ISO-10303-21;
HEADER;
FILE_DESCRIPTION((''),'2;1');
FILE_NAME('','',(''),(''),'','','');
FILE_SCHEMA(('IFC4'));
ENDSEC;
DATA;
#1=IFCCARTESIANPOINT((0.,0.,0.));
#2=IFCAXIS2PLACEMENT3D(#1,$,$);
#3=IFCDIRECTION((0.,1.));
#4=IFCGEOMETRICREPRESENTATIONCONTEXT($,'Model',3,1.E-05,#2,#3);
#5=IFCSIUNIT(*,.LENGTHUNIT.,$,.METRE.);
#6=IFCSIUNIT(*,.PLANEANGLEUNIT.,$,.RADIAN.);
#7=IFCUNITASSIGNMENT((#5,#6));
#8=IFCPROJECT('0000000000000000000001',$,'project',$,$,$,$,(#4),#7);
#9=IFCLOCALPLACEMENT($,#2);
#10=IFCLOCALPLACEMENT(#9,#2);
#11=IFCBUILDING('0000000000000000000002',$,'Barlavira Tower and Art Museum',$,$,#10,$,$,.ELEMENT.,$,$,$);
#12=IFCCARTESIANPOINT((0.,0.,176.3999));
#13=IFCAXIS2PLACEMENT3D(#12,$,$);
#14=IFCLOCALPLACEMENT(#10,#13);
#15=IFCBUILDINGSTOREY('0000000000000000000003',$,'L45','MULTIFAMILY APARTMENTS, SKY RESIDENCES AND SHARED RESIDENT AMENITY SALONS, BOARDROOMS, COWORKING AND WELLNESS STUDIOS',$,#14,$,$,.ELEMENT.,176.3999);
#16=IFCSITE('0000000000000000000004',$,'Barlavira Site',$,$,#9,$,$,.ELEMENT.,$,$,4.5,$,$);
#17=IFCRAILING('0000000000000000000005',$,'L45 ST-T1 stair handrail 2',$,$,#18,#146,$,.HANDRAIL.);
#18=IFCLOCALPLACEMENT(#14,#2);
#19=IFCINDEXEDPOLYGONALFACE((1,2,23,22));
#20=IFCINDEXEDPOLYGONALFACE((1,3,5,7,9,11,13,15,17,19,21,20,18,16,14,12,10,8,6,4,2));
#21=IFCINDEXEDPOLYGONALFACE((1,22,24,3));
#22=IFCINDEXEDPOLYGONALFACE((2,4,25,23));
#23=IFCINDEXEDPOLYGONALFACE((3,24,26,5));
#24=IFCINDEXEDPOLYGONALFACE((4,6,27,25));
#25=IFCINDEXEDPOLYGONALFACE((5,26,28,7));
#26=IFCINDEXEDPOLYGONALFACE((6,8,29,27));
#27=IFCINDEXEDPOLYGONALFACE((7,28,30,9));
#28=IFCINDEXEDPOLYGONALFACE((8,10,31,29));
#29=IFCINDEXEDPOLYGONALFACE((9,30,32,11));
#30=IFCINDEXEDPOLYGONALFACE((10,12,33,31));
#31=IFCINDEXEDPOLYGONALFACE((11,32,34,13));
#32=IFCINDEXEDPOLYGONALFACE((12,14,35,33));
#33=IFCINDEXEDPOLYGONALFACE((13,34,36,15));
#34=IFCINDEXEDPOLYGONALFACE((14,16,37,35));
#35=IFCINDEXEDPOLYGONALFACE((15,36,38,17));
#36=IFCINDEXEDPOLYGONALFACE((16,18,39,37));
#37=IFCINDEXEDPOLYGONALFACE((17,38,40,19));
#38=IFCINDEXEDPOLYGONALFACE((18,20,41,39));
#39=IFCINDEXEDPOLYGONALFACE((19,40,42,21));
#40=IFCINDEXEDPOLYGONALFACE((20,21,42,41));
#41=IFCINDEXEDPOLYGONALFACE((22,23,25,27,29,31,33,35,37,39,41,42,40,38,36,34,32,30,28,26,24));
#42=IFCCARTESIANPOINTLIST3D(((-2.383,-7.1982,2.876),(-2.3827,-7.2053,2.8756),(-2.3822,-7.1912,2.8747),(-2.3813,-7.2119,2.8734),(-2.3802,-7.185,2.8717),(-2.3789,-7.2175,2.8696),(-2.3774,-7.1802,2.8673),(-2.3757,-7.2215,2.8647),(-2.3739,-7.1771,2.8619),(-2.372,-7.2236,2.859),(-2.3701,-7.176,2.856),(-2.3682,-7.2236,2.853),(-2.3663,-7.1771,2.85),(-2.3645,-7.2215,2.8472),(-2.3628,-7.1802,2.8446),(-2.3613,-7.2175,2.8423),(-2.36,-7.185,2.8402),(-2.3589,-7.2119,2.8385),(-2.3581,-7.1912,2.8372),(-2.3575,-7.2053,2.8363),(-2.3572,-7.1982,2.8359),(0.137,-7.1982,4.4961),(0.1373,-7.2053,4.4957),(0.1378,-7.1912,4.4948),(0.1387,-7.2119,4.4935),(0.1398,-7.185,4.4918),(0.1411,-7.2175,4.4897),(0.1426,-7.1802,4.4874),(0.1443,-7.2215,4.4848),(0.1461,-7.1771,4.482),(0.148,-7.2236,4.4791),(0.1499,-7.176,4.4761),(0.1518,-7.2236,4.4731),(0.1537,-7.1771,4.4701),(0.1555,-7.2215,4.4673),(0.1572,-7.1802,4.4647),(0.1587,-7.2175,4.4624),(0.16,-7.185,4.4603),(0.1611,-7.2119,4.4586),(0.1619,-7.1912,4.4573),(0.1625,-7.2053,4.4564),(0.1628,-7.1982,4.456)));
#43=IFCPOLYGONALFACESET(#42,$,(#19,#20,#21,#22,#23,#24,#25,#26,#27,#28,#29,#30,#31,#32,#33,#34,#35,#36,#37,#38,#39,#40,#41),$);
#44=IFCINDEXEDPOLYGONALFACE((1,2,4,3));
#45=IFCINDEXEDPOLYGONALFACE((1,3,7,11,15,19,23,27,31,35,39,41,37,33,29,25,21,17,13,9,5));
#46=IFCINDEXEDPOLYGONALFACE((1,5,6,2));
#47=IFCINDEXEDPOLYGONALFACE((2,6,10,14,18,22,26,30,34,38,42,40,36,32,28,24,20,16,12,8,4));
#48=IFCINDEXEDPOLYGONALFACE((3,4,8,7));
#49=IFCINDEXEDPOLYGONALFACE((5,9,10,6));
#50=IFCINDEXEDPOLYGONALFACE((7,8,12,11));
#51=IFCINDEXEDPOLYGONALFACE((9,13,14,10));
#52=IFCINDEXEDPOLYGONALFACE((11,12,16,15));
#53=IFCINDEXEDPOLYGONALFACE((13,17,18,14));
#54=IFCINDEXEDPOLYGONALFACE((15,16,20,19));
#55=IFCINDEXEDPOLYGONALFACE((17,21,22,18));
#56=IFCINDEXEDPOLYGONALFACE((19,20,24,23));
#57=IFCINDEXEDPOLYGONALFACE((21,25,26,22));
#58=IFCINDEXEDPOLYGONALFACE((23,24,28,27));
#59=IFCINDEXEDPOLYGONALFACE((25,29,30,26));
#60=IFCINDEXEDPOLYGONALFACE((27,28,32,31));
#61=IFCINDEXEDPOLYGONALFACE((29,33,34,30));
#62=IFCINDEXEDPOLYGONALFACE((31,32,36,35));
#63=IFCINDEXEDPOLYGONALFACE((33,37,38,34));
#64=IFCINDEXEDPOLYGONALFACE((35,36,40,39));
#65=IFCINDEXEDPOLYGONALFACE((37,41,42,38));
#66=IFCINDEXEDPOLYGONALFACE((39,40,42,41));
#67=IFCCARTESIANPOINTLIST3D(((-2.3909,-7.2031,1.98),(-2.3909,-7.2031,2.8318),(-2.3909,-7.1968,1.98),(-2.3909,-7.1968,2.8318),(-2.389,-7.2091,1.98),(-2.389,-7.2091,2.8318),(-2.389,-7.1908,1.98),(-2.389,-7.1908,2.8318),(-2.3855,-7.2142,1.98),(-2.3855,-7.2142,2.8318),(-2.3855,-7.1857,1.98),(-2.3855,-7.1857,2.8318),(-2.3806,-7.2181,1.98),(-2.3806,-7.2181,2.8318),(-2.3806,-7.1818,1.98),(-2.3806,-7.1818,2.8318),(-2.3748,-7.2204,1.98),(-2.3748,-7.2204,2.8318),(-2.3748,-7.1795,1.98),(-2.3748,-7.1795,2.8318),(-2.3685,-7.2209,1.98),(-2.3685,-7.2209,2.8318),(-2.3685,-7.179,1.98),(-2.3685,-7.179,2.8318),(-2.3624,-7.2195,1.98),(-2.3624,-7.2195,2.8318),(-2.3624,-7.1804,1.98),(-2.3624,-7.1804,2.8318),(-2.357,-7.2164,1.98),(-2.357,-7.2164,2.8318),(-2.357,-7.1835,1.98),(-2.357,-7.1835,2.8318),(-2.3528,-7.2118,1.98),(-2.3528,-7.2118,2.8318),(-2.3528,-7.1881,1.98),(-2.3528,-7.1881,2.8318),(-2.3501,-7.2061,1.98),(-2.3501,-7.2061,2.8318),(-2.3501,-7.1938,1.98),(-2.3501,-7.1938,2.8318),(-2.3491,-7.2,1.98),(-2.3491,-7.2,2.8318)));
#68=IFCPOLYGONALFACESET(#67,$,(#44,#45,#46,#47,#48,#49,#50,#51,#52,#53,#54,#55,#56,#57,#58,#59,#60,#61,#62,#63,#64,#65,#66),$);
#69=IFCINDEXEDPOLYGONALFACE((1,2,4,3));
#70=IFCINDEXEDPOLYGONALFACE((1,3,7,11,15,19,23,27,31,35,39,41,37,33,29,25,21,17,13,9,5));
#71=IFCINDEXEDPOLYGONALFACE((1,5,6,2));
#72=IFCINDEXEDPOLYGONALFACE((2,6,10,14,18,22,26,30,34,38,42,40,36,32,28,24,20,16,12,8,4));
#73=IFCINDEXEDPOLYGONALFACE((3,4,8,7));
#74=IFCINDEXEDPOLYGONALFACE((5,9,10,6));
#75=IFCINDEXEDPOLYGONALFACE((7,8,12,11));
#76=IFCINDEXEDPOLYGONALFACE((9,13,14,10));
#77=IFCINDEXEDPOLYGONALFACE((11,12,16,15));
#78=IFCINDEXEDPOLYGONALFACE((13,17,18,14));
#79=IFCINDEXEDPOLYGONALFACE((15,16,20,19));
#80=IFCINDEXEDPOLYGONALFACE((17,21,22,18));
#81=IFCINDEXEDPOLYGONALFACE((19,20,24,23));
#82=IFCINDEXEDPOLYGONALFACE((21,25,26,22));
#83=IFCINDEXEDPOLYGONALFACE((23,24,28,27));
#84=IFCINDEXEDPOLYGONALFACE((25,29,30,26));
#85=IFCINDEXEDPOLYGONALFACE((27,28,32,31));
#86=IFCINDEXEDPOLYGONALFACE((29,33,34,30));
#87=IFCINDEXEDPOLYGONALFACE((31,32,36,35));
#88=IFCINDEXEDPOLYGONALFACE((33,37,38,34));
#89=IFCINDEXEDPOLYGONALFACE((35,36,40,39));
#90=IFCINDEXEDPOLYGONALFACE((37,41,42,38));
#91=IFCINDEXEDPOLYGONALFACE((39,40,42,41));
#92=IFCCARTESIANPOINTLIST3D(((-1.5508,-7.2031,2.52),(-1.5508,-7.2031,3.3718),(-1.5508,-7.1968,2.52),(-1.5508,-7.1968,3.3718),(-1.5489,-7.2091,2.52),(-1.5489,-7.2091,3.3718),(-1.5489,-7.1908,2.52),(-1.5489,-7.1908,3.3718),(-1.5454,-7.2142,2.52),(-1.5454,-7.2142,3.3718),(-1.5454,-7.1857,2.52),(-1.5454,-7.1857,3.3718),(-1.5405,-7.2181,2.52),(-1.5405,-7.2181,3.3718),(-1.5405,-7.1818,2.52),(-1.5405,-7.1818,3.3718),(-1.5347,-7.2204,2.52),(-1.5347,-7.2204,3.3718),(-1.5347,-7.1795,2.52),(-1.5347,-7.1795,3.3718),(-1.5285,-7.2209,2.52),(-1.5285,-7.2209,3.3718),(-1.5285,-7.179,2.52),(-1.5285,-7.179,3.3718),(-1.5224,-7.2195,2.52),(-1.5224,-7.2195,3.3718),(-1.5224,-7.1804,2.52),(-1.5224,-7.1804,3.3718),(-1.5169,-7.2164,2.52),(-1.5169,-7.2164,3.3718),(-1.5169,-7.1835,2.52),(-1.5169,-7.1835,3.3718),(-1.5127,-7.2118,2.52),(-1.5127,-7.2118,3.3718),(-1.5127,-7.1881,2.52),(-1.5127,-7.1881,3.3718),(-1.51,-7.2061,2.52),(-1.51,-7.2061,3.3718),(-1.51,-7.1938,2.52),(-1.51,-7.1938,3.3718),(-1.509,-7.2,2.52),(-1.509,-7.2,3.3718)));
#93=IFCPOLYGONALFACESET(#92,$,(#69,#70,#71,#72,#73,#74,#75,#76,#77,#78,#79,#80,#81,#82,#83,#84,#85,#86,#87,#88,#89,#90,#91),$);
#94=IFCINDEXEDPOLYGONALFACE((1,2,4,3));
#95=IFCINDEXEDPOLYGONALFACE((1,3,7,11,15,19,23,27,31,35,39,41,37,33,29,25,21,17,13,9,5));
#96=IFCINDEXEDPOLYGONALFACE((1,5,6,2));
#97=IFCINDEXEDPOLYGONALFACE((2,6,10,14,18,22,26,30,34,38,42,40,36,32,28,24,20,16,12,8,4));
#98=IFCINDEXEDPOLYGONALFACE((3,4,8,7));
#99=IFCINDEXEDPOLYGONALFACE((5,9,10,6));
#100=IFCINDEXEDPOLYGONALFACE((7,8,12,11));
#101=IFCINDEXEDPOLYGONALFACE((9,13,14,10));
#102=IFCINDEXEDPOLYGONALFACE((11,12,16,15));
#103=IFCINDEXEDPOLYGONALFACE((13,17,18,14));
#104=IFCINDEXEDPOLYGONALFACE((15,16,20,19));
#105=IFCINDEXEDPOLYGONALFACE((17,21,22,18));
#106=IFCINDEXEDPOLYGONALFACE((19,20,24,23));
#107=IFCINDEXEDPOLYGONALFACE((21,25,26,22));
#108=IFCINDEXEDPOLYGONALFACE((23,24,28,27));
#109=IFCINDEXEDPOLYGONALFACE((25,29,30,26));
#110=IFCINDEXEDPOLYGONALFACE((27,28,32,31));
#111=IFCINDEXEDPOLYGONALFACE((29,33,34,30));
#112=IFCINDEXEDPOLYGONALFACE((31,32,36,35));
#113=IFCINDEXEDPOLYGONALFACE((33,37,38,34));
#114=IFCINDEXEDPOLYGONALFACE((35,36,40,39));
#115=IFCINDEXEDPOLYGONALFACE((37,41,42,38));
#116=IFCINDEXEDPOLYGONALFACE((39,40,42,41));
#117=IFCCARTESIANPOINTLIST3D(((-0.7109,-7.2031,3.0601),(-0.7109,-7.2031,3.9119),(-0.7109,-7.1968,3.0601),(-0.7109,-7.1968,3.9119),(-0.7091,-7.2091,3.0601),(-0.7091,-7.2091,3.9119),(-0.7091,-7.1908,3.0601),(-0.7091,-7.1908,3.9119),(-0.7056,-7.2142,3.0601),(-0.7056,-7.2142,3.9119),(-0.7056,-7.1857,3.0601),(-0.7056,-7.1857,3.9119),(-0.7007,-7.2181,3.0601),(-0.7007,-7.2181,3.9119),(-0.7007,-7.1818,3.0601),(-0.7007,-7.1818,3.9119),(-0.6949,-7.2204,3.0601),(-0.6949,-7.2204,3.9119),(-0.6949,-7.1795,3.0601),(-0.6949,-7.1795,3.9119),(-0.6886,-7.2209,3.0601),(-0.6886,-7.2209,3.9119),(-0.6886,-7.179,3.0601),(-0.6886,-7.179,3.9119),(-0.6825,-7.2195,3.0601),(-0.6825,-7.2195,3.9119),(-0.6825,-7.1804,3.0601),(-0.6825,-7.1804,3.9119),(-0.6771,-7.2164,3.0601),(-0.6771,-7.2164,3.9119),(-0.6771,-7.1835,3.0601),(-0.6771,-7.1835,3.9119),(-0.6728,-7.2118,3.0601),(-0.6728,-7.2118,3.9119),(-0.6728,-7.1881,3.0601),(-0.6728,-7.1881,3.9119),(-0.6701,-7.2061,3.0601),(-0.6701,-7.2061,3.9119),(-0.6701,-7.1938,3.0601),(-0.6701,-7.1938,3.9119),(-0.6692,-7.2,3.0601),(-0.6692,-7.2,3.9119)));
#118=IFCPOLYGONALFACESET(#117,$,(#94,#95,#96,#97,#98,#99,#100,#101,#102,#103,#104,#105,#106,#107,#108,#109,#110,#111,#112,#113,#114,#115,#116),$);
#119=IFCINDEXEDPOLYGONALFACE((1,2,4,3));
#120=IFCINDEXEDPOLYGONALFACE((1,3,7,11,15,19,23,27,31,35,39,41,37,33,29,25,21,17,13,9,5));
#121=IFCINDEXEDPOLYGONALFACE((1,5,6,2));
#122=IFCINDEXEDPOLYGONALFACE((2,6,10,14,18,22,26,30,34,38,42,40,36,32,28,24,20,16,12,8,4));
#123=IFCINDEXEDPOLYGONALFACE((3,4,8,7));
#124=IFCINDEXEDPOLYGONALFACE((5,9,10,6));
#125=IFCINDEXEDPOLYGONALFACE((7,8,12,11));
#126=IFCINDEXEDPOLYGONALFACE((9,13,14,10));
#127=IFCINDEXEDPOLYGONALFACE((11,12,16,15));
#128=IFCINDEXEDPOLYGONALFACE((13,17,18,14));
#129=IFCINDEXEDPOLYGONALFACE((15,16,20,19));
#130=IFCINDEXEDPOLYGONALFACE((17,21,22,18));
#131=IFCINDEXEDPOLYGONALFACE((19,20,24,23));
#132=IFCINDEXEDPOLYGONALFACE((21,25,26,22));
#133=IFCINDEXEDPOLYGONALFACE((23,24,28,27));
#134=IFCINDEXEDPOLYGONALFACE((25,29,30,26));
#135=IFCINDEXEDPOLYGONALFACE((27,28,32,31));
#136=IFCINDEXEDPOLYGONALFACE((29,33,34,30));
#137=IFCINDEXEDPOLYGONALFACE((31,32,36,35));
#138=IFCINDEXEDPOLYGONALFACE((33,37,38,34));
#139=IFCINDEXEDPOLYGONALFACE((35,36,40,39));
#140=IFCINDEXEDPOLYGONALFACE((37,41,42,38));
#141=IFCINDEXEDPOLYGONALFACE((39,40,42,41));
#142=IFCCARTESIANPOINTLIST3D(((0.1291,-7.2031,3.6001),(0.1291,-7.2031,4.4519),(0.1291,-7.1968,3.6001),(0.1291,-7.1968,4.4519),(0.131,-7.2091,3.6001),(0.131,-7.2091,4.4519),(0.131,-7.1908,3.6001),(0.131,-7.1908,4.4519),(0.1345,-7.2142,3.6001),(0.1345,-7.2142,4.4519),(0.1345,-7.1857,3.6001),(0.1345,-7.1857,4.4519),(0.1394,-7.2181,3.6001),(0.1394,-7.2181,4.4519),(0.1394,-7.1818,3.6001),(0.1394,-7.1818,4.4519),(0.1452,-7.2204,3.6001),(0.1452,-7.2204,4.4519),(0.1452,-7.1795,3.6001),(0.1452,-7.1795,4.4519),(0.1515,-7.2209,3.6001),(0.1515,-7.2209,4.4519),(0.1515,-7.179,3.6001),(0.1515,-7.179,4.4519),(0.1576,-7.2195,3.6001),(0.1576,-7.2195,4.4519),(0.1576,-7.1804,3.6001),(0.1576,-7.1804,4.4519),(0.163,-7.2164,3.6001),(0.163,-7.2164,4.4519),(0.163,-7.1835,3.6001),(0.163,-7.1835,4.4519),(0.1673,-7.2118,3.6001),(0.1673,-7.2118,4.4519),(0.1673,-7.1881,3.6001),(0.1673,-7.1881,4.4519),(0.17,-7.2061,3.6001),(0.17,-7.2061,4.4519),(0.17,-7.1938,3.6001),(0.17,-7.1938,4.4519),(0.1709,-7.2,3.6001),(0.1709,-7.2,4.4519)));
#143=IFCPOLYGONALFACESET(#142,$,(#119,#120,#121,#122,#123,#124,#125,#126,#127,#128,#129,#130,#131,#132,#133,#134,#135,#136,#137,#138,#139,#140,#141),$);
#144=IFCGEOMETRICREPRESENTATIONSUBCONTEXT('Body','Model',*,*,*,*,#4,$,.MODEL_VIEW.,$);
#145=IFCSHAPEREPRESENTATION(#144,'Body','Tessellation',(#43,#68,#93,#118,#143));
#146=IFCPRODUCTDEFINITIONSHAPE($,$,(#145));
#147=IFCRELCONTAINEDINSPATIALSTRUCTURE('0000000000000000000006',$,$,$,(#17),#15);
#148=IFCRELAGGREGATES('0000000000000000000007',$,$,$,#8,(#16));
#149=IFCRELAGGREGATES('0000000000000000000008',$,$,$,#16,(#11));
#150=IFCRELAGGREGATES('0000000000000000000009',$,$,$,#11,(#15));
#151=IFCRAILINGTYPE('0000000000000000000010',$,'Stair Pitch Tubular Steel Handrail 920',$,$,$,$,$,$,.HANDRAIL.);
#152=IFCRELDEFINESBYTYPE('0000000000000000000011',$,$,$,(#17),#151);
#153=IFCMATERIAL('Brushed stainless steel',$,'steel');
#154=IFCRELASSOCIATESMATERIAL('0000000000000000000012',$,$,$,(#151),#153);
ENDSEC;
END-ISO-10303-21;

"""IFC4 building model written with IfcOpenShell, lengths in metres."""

from ifc_helpers import new_model, si_unit, direction, frame, origin, origin_2d, place, context, subcontext, project, spatial, circle, extrude, material, type_object, element, save


model = new_model("IFC4")

# Units and contexts
model_context = context("Model", 3, precision=1e-05, world=origin(), true_north=direction((0.0, 1.0)))
body_context = subcontext(model_context, "Body", "Model", "MODEL_VIEW")
ifc_project = project(units=[si_unit("LENGTHUNIT", "METRE"), si_unit("PLANEANGLEUNIT", "RADIAN")], contexts=[model_context])

# Site, building, storey
site_placement = place(None, origin())
site = spatial("IfcSite", under=ifc_project, at=site_placement, Name="Barlavira Site", CompositionType="ELEMENT", RefElevation=4.5)
building_placement = place(site_placement, origin())
building = spatial("IfcBuilding", under=site, at=building_placement, Name="Barlavira Tower and Art Museum", CompositionType="ELEMENT")
storey_placement = place(building_placement, frame((0.0, 0.0, 176.3999)))
storey = spatial("IfcBuildingStorey", under=building, at=storey_placement, Name="L45", Description="MULTIFAMILY APARTMENTS, SKY RESIDENCES AND SHARED RESIDENT AMENITY SALONS, BOARDROOMS, COWORKING AND WELLNESS STUDIOS", CompositionType="ELEMENT", Elevation=176.3999)

# Shared definitions
ifc_material_1 = material(Name="Brushed stainless steel", Category="steel")

# Railing
railing_type_1 = type_object("IfcRailingType", Name="Stair Pitch Tubular Steel Handrail 920", PredefinedType="HANDRAIL", material=ifc_material_1)
railing_1_placement = place(storey_placement, frame((-2.3701, -7.2, 1.98)))
element("IfcRailing", 1, at=railing_1_placement, inside=storey, type_object=railing_type_1, Name="L45 ST-T1 stair handrail 2", PredefinedType="HANDRAIL", context=body_context, shape_type="SweptSolid", body=[
    extrude(circle(Radius=0.0239, at=origin_2d()), frame((0.0, 0.0, 0.876), z_axis=(0.841163, 0.0, 0.540782), x_axis=(0.0, 1.0, 0.0)), (0.0, 0.0, 1.0), 2.9958),
    extrude(circle(Radius=0.021, at=origin_2d()), origin(), (0.0, 0.0, 1.0), 0.8518),
    extrude(circle(Radius=0.021, at=origin_2d()), frame((0.8401, 0.0, 0.54)), (0.0, 0.0, 1.0), 0.8518),
    extrude(circle(Radius=0.021, at=origin_2d()), frame((1.6799, 0.0, 1.0801)), (0.0, 0.0, 1.0), 0.8518),
    extrude(circle(Radius=0.021, at=origin_2d()), frame((2.52, 0.0, 1.6201)), (0.0, 0.0, 1.0), 0.8518),
])

save(model, "model.ifc")
